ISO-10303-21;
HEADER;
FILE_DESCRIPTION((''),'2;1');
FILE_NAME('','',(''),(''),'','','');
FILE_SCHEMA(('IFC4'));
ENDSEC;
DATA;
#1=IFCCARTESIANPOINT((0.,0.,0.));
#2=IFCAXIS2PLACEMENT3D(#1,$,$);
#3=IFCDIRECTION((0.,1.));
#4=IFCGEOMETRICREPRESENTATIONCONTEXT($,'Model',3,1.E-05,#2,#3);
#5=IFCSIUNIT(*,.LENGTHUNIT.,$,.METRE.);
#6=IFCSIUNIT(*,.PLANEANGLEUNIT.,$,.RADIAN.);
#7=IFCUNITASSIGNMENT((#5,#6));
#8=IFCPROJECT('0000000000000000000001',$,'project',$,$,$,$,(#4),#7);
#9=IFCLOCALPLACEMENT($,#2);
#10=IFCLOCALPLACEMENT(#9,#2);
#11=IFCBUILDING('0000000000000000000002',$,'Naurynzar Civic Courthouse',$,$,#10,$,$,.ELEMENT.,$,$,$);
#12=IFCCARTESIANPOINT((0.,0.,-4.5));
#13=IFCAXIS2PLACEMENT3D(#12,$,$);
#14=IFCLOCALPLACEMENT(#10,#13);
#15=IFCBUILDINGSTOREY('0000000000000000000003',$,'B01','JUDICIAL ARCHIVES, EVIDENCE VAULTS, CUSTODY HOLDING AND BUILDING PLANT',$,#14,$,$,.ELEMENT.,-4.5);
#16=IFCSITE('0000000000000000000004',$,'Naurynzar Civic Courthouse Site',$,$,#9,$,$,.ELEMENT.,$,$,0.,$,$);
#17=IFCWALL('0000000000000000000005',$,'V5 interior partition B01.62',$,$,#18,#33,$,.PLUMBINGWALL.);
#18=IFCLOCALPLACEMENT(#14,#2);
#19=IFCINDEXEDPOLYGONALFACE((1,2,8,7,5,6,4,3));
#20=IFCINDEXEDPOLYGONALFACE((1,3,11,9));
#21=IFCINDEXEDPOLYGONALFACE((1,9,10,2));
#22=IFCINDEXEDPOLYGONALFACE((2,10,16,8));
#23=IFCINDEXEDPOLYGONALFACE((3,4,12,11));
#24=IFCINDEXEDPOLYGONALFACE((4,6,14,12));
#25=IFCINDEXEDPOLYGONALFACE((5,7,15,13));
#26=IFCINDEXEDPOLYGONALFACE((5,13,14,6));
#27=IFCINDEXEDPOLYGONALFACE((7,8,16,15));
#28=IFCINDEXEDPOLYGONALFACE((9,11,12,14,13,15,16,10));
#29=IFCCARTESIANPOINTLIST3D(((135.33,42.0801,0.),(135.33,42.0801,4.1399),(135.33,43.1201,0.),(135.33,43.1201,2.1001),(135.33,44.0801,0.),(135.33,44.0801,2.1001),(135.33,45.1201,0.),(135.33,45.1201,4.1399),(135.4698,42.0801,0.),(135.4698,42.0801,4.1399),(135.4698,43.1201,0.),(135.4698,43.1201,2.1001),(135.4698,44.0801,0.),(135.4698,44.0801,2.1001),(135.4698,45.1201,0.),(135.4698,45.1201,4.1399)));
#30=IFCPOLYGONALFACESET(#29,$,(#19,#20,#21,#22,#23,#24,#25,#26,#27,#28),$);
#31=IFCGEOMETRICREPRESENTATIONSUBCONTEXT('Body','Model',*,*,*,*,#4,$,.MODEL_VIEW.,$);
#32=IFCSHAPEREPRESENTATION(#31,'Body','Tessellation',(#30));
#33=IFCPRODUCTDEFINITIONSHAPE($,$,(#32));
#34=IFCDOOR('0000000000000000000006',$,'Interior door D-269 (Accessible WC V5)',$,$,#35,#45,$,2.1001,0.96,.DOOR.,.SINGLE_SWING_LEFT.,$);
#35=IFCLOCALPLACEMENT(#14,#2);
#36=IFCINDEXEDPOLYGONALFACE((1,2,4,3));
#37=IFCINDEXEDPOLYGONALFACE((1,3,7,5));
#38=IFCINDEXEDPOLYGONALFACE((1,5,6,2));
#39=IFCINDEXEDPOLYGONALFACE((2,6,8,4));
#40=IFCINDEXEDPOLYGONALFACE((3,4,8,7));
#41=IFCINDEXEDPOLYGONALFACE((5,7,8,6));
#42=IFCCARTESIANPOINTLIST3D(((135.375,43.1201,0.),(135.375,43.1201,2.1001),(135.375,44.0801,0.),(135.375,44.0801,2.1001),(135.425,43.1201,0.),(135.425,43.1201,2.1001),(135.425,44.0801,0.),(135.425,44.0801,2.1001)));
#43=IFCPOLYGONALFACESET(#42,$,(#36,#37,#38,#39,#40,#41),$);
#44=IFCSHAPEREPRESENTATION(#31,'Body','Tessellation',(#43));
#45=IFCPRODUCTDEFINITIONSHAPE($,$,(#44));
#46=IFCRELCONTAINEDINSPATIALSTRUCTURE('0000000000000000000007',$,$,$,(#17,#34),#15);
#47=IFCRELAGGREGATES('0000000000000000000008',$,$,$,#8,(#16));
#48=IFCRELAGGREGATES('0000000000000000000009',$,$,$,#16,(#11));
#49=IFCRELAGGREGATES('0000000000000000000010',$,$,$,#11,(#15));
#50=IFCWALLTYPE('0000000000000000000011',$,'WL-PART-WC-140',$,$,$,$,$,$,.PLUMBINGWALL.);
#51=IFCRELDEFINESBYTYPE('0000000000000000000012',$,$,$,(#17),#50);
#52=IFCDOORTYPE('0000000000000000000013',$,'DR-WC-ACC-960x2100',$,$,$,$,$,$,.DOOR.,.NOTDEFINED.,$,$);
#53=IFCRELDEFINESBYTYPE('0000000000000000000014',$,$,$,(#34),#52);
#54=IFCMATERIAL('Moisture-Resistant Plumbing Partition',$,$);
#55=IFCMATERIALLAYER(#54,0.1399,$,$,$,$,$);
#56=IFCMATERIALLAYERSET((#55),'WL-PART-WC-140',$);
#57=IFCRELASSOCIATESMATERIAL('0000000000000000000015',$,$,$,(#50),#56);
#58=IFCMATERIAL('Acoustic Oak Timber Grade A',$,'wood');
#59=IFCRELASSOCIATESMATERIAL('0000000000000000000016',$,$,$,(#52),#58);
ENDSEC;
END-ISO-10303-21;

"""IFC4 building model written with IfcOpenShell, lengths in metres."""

from ifc_helpers import new_model, si_unit, direction, frame, frame_2d, origin, place, context, subcontext, project, spatial, rectangle, extrude, material, layer, layer_set, type_object, element, fill, save


model = new_model("IFC4")

# Units and contexts
model_context = context("Model", 3, precision=1e-05, world=origin(), true_north=direction((0.0, 1.0)))
body_context = subcontext(model_context, "Body", "Model", "MODEL_VIEW")
ifc_project = project(units=[si_unit("LENGTHUNIT", "METRE"), si_unit("PLANEANGLEUNIT", "RADIAN")], contexts=[model_context])

# Site, building, storey
site_placement = place(None, origin())
site = spatial("IfcSite", under=ifc_project, at=site_placement, Name="Naurynzar Civic Courthouse Site", CompositionType="ELEMENT", RefElevation=0.0)
building_placement = place(site_placement, origin())
building = spatial("IfcBuilding", under=site, at=building_placement, Name="Naurynzar Civic Courthouse", CompositionType="ELEMENT")
storey_placement = place(building_placement, frame((0.0, 0.0, -4.5)))
storey = spatial("IfcBuildingStorey", under=building, at=storey_placement, Name="B01", Description="JUDICIAL ARCHIVES, EVIDENCE VAULTS, CUSTODY HOLDING AND BUILDING PLANT", CompositionType="ELEMENT", Elevation=-4.5)

# Wall, opening, door
ifc_material_1 = material(Name="Moisture-Resistant Plumbing Partition")
ifc_layer = layer(ifc_material_1, 0.1399)
ifc_layer_set = layer_set([ifc_layer], Name="WL-PART-WC-140")
wall_type = type_object("IfcWallType", Name="WL-PART-WC-140", PredefinedType="PLUMBINGWALL", material=ifc_layer_set)
wall_1_placement = place(storey_placement, frame((135.3999, 42.0801, 0.0), z_axis=(0.0, 0.0, 1.0), x_axis=(0.0, 1.0, 0.0)))
wall_1 = element("IfcWall", 1, at=wall_1_placement, inside=storey, type_object=wall_type, Name="V5 interior partition B01.62", PredefinedType="PLUMBINGWALL", context=body_context, shape_type="SweptSolid", body=[
    extrude(rectangle(XDim=3.04, YDim=0.1399, at=frame_2d((1.52, 0.0))), origin(), (0.0, 0.0, 1.0), 4.1399),
])
opening_1_placement = place(wall_1_placement, frame((1.04, 0.0, 0.0)))
opening_1 = element("IfcOpeningElement", 2, at=opening_1_placement, cuts=wall_1, PredefinedType="OPENING", context=body_context, shape_type="SweptSolid", body=[
    extrude(rectangle(XDim=0.96, YDim=2.1001, at=frame_2d((0.48, 1.05))), frame((0.0, 0.0798, 0.0), z_axis=(0.0, -1.0, 0.0), x_axis=(1.0, 0.0, 0.0)), (0.0, 0.0, 1.0), 0.1599),
])
ifc_material_2 = material(Name="Acoustic Oak Timber Grade A", Category="wood")
door_type_1 = type_object("IfcDoorType", Name="DR-WC-ACC-960x2100", OperationType="NOTDEFINED", PredefinedType="DOOR", material=ifc_material_2)
door_1_placement = place(opening_1_placement, origin())
door_1 = element("IfcDoor", 3, at=door_1_placement, inside=storey, type_object=door_type_1, Name="Interior door D-269 (Accessible WC V5)", OperationType="SINGLE_SWING_LEFT", OverallHeight=2.1001, OverallWidth=0.96, PredefinedType="DOOR", context=body_context, shape_type="SweptSolid", body=[
    extrude(rectangle(XDim=0.96, YDim=2.1001, at=frame_2d((0.48, 1.05))), frame((0.0, 0.0249, 0.0), z_axis=(0.0, -1.0, 0.0), x_axis=(1.0, 0.0, 0.0)), (0.0, 0.0, 1.0), 0.05),
])
fill(opening_1, door_1)

save(model, "model.ifc")
